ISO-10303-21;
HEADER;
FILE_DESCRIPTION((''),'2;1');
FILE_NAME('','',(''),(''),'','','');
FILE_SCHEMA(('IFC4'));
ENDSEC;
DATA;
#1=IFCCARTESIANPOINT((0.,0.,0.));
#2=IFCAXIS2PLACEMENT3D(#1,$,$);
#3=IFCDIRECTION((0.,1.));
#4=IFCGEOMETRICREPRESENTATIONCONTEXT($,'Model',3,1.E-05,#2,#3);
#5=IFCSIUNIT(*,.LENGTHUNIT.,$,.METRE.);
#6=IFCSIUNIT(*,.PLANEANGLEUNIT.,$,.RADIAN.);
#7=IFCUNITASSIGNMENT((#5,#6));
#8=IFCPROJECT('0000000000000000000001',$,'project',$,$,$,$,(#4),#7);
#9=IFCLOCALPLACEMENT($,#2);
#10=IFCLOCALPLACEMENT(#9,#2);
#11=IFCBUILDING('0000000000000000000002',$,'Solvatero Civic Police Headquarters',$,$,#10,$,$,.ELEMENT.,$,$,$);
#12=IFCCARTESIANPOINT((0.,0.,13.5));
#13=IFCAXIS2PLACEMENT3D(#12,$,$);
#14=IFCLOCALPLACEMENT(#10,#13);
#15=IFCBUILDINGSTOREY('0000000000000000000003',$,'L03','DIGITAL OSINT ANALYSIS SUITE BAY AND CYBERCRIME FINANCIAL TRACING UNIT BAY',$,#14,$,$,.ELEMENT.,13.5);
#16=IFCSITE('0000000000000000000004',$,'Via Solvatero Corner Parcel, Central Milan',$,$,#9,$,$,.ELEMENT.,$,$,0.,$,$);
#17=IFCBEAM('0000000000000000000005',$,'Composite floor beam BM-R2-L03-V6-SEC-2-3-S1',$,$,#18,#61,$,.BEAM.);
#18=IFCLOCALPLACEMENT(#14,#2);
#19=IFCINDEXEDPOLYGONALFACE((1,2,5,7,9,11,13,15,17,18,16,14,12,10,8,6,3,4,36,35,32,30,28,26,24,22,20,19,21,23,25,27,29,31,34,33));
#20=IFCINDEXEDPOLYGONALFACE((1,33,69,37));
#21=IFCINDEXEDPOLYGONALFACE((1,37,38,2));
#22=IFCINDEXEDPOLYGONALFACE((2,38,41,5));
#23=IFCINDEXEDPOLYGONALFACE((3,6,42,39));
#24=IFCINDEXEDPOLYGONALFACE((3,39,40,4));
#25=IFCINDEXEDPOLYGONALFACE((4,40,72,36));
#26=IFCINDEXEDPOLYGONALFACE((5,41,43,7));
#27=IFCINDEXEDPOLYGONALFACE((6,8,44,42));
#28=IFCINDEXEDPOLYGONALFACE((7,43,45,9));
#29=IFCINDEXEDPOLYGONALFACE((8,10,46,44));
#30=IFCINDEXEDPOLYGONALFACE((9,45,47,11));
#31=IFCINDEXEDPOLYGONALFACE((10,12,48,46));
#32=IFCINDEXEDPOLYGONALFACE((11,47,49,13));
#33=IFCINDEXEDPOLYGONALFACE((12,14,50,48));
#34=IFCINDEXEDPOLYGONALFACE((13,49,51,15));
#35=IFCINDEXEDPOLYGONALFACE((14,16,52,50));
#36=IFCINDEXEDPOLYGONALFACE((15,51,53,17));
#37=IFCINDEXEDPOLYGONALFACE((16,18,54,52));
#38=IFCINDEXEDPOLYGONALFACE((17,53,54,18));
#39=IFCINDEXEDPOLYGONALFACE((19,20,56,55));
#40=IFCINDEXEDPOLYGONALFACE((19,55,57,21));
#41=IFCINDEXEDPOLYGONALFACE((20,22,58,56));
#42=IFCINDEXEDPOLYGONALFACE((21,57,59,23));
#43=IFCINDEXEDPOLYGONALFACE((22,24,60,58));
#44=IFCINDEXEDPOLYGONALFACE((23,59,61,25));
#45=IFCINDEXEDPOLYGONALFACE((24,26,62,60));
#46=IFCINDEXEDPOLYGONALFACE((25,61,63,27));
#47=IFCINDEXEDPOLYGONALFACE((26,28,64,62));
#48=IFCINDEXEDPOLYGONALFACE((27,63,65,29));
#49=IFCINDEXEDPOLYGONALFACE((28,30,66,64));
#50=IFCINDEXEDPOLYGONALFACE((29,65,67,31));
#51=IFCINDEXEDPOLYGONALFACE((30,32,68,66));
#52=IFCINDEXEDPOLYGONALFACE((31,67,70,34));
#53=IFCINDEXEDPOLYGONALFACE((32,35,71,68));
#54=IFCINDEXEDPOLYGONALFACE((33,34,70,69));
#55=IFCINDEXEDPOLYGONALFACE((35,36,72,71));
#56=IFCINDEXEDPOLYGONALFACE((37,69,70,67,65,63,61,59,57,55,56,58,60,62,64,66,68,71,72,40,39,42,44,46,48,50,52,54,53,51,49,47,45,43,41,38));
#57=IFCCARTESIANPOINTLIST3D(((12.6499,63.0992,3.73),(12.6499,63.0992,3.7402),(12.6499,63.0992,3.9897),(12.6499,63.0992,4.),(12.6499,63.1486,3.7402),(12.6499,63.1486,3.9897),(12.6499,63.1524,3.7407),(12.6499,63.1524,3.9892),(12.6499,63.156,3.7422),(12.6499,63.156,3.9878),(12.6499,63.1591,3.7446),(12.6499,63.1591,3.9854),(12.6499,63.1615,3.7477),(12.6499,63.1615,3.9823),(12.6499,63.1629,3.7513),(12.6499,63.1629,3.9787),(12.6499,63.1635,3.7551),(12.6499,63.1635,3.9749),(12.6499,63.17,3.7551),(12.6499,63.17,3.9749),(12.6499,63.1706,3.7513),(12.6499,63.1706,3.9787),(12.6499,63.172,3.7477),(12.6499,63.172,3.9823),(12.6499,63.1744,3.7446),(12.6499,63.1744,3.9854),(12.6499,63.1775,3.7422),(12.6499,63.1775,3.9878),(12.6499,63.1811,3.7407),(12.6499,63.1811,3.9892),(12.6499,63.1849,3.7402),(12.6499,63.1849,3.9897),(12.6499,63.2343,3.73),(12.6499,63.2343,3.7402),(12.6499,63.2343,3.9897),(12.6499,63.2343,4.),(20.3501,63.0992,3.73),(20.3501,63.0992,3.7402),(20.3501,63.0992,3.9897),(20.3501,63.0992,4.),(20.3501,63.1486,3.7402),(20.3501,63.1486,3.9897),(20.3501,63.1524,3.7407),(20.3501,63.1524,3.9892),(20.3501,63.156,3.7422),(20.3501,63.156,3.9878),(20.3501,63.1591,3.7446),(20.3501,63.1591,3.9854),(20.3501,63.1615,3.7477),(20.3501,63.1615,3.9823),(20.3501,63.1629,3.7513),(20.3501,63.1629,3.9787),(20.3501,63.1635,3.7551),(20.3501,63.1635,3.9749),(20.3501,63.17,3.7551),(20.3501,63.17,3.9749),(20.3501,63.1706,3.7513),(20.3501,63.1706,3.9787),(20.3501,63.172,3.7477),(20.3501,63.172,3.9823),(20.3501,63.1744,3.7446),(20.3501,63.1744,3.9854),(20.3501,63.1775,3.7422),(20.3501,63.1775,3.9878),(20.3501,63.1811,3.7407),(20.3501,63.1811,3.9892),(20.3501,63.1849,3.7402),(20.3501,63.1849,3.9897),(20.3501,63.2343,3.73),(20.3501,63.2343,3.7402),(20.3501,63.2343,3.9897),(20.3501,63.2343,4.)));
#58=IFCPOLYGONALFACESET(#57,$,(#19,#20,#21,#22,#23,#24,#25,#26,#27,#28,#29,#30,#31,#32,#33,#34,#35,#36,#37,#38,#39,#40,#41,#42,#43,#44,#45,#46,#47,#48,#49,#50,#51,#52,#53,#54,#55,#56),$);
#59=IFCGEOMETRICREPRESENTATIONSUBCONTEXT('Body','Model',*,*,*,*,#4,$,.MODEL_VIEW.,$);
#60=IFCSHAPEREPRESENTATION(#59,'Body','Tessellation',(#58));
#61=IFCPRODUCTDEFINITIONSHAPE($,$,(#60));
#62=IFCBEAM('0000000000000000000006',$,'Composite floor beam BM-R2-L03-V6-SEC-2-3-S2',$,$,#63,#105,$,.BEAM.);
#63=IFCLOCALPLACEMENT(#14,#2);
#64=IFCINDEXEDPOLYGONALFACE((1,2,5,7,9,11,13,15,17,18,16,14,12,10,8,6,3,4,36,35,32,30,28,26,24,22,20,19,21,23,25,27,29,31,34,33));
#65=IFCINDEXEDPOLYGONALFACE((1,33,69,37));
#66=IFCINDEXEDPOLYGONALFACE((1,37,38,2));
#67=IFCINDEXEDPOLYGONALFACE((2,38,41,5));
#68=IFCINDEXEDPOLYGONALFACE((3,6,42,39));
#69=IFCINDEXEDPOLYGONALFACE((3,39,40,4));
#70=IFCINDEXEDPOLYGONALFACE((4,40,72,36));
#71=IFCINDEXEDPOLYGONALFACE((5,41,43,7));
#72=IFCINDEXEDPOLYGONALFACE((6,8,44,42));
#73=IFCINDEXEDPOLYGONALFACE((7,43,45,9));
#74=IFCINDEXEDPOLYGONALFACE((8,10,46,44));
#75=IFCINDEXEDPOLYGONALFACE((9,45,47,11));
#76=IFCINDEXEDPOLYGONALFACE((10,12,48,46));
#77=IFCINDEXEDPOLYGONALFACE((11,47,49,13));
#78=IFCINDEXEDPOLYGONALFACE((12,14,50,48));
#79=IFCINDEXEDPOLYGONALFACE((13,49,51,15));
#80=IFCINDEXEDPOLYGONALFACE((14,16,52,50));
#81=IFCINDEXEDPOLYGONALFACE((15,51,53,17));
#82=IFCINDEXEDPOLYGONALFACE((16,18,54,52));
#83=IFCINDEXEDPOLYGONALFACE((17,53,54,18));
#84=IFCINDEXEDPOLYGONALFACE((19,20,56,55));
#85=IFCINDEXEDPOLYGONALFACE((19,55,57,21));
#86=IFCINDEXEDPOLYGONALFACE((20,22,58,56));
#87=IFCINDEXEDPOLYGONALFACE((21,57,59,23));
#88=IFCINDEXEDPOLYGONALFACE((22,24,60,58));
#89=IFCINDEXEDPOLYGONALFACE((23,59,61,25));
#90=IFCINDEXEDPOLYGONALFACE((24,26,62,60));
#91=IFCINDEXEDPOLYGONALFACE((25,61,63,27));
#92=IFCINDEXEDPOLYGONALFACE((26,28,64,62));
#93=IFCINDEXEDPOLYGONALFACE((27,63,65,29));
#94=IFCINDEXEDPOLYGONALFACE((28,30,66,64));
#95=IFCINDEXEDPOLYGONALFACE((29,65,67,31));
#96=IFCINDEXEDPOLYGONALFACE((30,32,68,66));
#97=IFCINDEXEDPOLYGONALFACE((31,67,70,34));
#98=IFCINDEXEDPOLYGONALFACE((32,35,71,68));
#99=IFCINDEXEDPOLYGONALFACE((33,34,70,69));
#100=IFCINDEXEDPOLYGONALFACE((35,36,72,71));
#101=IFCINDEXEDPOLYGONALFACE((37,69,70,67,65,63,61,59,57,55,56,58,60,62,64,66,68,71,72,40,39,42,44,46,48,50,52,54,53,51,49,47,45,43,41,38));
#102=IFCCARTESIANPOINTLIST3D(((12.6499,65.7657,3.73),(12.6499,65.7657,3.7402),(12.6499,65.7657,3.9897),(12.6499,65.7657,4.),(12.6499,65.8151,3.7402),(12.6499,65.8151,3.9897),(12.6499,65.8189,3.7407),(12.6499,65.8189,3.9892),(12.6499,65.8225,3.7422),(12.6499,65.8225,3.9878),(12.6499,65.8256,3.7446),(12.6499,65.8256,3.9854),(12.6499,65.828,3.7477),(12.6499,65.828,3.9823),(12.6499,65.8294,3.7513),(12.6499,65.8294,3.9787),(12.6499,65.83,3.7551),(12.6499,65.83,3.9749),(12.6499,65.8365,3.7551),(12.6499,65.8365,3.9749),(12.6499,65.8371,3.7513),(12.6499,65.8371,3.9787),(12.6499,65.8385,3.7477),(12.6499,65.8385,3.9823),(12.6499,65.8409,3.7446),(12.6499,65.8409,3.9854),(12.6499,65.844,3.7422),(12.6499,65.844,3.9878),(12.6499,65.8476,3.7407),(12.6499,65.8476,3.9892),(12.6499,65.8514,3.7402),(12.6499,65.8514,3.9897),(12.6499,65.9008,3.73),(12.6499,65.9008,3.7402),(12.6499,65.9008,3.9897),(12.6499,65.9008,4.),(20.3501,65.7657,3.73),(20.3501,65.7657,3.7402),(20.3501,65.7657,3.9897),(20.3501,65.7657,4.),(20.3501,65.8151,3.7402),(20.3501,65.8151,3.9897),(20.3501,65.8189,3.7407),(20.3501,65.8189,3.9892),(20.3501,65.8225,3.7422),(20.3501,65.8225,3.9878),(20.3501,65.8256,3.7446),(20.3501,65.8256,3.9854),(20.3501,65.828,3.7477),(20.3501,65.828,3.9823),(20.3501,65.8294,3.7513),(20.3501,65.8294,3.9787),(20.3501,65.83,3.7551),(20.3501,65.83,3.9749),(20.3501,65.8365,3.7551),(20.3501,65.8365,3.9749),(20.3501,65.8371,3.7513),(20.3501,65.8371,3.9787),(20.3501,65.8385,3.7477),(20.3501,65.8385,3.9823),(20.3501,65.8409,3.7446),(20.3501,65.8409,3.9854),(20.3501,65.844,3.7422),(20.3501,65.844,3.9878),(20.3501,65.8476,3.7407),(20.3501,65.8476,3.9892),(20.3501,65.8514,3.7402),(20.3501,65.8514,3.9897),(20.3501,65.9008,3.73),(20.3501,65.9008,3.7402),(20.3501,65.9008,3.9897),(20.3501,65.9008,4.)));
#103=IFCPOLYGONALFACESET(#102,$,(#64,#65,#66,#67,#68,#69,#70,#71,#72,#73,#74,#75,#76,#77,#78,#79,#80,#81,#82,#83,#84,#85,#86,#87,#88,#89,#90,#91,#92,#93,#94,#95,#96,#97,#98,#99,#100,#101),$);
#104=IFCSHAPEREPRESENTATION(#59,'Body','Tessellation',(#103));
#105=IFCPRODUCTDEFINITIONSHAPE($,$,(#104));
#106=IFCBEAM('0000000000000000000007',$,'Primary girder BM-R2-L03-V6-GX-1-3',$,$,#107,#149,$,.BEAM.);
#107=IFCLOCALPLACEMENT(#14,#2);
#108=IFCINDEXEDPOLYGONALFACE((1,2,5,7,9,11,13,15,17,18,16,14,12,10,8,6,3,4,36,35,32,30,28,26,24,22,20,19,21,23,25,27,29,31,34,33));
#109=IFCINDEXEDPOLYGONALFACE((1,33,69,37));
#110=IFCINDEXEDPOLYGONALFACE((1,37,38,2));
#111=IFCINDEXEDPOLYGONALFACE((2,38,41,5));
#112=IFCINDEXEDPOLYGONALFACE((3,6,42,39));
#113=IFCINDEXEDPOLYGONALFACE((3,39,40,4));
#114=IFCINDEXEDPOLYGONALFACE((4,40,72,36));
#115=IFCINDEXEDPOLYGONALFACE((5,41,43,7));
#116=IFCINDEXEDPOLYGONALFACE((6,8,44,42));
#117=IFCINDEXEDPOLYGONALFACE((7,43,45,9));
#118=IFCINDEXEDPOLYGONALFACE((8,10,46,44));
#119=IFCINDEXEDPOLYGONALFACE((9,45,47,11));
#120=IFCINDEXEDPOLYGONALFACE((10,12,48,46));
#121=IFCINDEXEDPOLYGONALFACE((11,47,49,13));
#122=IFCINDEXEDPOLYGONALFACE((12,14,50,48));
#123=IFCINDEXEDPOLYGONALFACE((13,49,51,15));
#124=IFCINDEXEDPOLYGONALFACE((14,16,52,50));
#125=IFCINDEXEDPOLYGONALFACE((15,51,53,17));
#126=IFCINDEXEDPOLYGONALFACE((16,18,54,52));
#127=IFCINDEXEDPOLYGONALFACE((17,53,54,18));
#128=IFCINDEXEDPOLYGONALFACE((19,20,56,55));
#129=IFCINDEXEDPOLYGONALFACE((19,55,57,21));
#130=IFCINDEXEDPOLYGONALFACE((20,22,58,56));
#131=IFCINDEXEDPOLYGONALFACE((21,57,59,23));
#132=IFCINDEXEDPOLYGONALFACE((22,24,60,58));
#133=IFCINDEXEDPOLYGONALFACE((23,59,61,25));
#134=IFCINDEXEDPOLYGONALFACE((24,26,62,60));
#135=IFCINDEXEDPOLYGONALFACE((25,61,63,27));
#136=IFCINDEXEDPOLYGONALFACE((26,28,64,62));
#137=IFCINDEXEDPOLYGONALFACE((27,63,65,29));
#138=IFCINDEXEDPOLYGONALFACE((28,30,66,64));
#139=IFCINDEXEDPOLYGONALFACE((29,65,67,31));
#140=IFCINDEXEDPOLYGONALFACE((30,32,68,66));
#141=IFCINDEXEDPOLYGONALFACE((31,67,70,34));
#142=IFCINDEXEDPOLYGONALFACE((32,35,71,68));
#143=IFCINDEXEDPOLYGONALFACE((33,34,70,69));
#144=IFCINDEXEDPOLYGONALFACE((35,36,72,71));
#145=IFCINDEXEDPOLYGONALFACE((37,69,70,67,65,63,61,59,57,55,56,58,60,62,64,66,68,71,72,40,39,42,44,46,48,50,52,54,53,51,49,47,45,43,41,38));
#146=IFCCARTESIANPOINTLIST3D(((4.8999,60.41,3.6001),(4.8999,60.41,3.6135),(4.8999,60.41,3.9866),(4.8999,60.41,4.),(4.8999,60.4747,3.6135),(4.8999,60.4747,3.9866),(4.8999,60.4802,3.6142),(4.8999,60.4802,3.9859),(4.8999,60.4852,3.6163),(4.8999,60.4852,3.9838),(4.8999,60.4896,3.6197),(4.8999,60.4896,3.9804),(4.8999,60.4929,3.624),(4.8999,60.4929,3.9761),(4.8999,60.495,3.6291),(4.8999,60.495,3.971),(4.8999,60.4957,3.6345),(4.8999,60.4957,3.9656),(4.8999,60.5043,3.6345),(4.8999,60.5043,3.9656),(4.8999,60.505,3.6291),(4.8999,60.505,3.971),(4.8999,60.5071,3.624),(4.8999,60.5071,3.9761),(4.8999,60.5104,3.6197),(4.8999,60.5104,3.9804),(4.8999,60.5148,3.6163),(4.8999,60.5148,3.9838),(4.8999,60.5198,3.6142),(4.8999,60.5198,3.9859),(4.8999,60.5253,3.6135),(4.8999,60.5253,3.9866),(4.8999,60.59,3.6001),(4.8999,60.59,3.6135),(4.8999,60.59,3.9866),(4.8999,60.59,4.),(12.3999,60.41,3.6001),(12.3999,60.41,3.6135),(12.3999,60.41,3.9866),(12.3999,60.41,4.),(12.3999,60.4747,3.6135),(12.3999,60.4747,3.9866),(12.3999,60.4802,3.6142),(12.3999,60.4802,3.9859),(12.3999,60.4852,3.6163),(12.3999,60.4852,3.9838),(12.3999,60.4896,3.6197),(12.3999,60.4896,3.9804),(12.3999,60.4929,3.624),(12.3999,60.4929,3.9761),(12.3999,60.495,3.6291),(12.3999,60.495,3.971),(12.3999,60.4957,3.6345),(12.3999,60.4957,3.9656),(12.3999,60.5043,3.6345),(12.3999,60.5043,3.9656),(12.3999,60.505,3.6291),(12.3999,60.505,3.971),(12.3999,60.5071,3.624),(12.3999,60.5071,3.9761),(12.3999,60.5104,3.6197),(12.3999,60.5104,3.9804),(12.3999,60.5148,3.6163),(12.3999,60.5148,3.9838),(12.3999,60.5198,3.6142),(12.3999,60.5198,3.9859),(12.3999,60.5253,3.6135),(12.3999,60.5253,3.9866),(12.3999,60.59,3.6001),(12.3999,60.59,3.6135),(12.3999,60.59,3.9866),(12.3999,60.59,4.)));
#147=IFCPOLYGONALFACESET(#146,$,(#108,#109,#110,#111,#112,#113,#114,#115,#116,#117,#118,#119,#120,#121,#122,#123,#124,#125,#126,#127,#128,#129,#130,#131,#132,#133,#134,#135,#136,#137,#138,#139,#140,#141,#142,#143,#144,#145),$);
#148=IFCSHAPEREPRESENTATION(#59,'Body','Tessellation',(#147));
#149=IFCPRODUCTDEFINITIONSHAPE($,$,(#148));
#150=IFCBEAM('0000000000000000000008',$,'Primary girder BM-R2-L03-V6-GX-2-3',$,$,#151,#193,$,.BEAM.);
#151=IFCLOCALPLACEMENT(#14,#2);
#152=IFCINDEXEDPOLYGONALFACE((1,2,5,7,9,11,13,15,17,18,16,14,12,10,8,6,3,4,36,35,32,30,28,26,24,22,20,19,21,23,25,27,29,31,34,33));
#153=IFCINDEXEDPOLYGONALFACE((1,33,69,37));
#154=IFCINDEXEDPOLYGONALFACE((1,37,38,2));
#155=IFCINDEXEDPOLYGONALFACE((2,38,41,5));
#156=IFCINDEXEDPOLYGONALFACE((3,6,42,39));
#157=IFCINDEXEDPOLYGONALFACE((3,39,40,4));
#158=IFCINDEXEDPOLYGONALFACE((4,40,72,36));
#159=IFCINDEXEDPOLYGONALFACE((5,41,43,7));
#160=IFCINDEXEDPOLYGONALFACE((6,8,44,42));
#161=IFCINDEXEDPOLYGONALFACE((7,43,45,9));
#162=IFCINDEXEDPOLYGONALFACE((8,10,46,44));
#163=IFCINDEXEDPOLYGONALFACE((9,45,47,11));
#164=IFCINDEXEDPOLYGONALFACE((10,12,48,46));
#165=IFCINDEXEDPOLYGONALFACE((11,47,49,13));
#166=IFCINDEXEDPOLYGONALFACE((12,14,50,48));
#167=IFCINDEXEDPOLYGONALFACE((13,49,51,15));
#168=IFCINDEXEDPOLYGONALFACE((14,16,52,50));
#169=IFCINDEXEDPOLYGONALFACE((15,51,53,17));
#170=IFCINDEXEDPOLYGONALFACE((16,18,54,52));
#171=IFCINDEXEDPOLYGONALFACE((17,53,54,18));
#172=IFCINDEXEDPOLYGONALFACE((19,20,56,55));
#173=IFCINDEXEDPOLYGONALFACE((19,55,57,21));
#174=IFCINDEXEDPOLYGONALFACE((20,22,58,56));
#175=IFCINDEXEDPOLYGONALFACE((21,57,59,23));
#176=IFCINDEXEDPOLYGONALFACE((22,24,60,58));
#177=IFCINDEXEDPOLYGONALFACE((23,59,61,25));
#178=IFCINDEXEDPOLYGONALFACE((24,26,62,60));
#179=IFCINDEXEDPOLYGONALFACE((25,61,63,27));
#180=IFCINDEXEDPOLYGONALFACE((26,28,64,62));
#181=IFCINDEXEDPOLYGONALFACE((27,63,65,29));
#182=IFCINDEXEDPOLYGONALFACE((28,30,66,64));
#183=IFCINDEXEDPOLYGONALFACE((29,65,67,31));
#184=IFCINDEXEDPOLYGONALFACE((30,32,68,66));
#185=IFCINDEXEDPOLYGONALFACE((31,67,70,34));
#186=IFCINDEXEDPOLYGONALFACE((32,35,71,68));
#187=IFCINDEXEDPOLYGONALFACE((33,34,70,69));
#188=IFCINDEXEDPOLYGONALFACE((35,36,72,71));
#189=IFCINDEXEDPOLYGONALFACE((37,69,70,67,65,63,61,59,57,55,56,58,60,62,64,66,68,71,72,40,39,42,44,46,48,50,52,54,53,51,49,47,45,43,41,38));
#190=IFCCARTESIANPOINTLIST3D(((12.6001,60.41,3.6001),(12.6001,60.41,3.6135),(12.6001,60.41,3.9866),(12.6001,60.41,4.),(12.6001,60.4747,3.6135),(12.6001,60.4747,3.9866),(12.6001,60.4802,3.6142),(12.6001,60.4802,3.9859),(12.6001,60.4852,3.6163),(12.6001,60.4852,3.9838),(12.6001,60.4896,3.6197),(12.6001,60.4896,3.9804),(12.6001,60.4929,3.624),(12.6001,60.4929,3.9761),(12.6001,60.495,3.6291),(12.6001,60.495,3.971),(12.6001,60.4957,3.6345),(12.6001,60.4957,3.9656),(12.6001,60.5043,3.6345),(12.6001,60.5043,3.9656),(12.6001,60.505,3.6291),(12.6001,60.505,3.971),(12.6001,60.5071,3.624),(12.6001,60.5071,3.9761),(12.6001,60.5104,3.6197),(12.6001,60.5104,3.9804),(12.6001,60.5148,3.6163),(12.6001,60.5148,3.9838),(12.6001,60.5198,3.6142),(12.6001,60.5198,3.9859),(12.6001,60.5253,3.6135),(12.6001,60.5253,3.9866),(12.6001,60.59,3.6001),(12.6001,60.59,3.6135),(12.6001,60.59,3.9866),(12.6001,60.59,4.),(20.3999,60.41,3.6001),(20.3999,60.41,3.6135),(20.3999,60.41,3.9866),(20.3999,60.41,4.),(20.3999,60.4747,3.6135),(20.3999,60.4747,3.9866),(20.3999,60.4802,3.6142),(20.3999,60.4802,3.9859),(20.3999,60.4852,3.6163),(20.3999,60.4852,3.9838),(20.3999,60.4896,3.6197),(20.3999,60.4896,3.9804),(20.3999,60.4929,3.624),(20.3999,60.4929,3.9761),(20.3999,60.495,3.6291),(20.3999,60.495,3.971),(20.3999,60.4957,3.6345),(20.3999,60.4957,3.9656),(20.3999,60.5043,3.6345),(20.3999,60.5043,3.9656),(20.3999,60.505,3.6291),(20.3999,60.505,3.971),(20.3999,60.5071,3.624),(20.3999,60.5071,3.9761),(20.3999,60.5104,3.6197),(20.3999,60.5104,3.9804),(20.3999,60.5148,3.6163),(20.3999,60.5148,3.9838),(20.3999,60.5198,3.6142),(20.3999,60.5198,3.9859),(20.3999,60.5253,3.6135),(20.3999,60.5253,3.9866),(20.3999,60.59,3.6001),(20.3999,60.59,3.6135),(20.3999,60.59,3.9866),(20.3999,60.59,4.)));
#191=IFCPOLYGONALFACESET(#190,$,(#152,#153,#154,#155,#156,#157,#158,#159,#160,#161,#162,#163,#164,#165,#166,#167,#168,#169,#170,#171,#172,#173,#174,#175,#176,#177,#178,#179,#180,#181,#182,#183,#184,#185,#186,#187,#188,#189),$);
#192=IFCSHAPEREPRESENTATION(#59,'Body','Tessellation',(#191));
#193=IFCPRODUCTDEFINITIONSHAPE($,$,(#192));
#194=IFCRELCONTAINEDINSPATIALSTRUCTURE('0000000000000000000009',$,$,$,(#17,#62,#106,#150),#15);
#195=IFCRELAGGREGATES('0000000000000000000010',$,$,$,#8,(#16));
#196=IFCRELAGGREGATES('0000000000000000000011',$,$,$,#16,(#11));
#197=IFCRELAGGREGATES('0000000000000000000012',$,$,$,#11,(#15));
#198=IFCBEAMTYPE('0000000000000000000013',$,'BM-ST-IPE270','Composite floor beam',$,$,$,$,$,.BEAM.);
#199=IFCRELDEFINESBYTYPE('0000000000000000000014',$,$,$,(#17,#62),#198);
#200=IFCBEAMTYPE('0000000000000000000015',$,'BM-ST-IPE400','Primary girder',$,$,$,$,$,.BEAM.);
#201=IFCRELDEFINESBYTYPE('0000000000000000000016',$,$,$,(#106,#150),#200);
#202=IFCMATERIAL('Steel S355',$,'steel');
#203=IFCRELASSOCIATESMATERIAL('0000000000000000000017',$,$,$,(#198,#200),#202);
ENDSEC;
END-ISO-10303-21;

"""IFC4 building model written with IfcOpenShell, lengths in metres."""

from ifc_helpers import new_model, si_unit, direction, frame, origin, origin_2d, place, context, subcontext, project, spatial, i_section, extrude, material, material_profile, profile_set, type_object, element, save


model = new_model("IFC4")

# Units and contexts
model_context = context("Model", 3, precision=1e-05, world=origin(), true_north=direction((0.0, 1.0)))
body_context = subcontext(model_context, "Body", "Model", "MODEL_VIEW")
ifc_project = project(units=[si_unit("LENGTHUNIT", "METRE"), si_unit("PLANEANGLEUNIT", "RADIAN")], contexts=[model_context])

# Site, building, storey
site_placement = place(None, origin())
site = spatial("IfcSite", under=ifc_project, at=site_placement, Name="Via Solvatero Corner Parcel, Central Milan", CompositionType="ELEMENT", RefElevation=0.0)
building_placement = place(site_placement, origin())
building = spatial("IfcBuilding", under=site, at=building_placement, Name="Solvatero Civic Police Headquarters", CompositionType="ELEMENT")
storey_placement = place(building_placement, frame((0.0, 0.0, 13.5)))
storey = spatial("IfcBuildingStorey", under=building, at=storey_placement, Name="L03", Description="DIGITAL OSINT ANALYSIS SUITE BAY AND CYBERCRIME FINANCIAL TRACING UNIT BAY", CompositionType="ELEMENT", Elevation=13.5)

# Shared definitions
ifc_material_1 = material(Name="Steel S355", Category="steel")

# Beams
ifc_material_profile_1 = material_profile(ifc_material_1, i_section(OverallWidth=0.135, OverallDepth=0.27, WebThickness=0.0066, FlangeThickness=0.0103, FilletRadius=0.0149, at=origin_2d()), Name="IPE 270")
ifc_profile_set_1 = profile_set([ifc_material_profile_1], Name="Steel S355")
beam_type_1 = type_object("IfcBeamType", Name="BM-ST-IPE270", Description="Composite floor beam", PredefinedType="BEAM", material=ifc_profile_set_1)
for number, where, z_axis, x_axis, name in (
    (1, (12.6499, 63.1667, 3.865), (1.0, 0.0, 0.0), (0.0, 1.0, 0.0), "Composite floor beam BM-R2-L03-V6-SEC-2-3-S1"),
    (2, (12.6499, 65.8333, 3.865), (1.0, 0.0, 0.0), (0.0, 1.0, 0.0), "Composite floor beam BM-R2-L03-V6-SEC-2-3-S2"),
):
    element("IfcBeam", number, at=place(storey_placement, frame(where, z_axis=z_axis, x_axis=x_axis)), inside=storey, type_object=beam_type_1, Name=name, PredefinedType="BEAM", context=body_context, shape_type="SweptSolid", body=[
        extrude(i_section(OverallWidth=0.135, OverallDepth=0.27, WebThickness=0.0066, FlangeThickness=0.0103, FilletRadius=0.0149, at=origin_2d()), origin(), (0.0, 0.0, 1.0), 7.7002),
    ])
ifc_material_profile_2 = material_profile(ifc_material_1, i_section(OverallWidth=0.1799, OverallDepth=0.3999, WebThickness=0.0085, FlangeThickness=0.0134, FilletRadius=0.021, at=origin_2d()), Name="IPE 400")
ifc_profile_set_2 = profile_set([ifc_material_profile_2], Name="Steel S355")
beam_type_2 = type_object("IfcBeamType", Name="BM-ST-IPE400", Description="Primary girder", PredefinedType="BEAM", material=ifc_profile_set_2)
beam_1_placement = place(storey_placement, frame((4.8999, 60.5, 3.8), z_axis=(1.0, 0.0, 0.0), x_axis=(0.0, 1.0, 0.0)))
element("IfcBeam", 3, at=beam_1_placement, inside=storey, type_object=beam_type_2, Name="Primary girder BM-R2-L03-V6-GX-1-3", PredefinedType="BEAM", context=body_context, shape_type="SweptSolid", body=[
    extrude(i_section(OverallWidth=0.1799, OverallDepth=0.3999, WebThickness=0.0085, FlangeThickness=0.0134, FilletRadius=0.021, at=origin_2d()), origin(), (0.0, 0.0, 1.0), 7.5),
])
beam_2_placement = place(storey_placement, frame((12.6001, 60.5, 3.8), z_axis=(1.0, 0.0, 0.0), x_axis=(0.0, 1.0, 0.0)))
element("IfcBeam", 4, at=beam_2_placement, inside=storey, type_object=beam_type_2, Name="Primary girder BM-R2-L03-V6-GX-2-3", PredefinedType="BEAM", context=body_context, shape_type="SweptSolid", body=[
    extrude(i_section(OverallWidth=0.1799, OverallDepth=0.3999, WebThickness=0.0085, FlangeThickness=0.0134, FilletRadius=0.021, at=origin_2d()), origin(), (0.0, 0.0, 1.0), 7.7998),
])

save(model, "model.ifc")
